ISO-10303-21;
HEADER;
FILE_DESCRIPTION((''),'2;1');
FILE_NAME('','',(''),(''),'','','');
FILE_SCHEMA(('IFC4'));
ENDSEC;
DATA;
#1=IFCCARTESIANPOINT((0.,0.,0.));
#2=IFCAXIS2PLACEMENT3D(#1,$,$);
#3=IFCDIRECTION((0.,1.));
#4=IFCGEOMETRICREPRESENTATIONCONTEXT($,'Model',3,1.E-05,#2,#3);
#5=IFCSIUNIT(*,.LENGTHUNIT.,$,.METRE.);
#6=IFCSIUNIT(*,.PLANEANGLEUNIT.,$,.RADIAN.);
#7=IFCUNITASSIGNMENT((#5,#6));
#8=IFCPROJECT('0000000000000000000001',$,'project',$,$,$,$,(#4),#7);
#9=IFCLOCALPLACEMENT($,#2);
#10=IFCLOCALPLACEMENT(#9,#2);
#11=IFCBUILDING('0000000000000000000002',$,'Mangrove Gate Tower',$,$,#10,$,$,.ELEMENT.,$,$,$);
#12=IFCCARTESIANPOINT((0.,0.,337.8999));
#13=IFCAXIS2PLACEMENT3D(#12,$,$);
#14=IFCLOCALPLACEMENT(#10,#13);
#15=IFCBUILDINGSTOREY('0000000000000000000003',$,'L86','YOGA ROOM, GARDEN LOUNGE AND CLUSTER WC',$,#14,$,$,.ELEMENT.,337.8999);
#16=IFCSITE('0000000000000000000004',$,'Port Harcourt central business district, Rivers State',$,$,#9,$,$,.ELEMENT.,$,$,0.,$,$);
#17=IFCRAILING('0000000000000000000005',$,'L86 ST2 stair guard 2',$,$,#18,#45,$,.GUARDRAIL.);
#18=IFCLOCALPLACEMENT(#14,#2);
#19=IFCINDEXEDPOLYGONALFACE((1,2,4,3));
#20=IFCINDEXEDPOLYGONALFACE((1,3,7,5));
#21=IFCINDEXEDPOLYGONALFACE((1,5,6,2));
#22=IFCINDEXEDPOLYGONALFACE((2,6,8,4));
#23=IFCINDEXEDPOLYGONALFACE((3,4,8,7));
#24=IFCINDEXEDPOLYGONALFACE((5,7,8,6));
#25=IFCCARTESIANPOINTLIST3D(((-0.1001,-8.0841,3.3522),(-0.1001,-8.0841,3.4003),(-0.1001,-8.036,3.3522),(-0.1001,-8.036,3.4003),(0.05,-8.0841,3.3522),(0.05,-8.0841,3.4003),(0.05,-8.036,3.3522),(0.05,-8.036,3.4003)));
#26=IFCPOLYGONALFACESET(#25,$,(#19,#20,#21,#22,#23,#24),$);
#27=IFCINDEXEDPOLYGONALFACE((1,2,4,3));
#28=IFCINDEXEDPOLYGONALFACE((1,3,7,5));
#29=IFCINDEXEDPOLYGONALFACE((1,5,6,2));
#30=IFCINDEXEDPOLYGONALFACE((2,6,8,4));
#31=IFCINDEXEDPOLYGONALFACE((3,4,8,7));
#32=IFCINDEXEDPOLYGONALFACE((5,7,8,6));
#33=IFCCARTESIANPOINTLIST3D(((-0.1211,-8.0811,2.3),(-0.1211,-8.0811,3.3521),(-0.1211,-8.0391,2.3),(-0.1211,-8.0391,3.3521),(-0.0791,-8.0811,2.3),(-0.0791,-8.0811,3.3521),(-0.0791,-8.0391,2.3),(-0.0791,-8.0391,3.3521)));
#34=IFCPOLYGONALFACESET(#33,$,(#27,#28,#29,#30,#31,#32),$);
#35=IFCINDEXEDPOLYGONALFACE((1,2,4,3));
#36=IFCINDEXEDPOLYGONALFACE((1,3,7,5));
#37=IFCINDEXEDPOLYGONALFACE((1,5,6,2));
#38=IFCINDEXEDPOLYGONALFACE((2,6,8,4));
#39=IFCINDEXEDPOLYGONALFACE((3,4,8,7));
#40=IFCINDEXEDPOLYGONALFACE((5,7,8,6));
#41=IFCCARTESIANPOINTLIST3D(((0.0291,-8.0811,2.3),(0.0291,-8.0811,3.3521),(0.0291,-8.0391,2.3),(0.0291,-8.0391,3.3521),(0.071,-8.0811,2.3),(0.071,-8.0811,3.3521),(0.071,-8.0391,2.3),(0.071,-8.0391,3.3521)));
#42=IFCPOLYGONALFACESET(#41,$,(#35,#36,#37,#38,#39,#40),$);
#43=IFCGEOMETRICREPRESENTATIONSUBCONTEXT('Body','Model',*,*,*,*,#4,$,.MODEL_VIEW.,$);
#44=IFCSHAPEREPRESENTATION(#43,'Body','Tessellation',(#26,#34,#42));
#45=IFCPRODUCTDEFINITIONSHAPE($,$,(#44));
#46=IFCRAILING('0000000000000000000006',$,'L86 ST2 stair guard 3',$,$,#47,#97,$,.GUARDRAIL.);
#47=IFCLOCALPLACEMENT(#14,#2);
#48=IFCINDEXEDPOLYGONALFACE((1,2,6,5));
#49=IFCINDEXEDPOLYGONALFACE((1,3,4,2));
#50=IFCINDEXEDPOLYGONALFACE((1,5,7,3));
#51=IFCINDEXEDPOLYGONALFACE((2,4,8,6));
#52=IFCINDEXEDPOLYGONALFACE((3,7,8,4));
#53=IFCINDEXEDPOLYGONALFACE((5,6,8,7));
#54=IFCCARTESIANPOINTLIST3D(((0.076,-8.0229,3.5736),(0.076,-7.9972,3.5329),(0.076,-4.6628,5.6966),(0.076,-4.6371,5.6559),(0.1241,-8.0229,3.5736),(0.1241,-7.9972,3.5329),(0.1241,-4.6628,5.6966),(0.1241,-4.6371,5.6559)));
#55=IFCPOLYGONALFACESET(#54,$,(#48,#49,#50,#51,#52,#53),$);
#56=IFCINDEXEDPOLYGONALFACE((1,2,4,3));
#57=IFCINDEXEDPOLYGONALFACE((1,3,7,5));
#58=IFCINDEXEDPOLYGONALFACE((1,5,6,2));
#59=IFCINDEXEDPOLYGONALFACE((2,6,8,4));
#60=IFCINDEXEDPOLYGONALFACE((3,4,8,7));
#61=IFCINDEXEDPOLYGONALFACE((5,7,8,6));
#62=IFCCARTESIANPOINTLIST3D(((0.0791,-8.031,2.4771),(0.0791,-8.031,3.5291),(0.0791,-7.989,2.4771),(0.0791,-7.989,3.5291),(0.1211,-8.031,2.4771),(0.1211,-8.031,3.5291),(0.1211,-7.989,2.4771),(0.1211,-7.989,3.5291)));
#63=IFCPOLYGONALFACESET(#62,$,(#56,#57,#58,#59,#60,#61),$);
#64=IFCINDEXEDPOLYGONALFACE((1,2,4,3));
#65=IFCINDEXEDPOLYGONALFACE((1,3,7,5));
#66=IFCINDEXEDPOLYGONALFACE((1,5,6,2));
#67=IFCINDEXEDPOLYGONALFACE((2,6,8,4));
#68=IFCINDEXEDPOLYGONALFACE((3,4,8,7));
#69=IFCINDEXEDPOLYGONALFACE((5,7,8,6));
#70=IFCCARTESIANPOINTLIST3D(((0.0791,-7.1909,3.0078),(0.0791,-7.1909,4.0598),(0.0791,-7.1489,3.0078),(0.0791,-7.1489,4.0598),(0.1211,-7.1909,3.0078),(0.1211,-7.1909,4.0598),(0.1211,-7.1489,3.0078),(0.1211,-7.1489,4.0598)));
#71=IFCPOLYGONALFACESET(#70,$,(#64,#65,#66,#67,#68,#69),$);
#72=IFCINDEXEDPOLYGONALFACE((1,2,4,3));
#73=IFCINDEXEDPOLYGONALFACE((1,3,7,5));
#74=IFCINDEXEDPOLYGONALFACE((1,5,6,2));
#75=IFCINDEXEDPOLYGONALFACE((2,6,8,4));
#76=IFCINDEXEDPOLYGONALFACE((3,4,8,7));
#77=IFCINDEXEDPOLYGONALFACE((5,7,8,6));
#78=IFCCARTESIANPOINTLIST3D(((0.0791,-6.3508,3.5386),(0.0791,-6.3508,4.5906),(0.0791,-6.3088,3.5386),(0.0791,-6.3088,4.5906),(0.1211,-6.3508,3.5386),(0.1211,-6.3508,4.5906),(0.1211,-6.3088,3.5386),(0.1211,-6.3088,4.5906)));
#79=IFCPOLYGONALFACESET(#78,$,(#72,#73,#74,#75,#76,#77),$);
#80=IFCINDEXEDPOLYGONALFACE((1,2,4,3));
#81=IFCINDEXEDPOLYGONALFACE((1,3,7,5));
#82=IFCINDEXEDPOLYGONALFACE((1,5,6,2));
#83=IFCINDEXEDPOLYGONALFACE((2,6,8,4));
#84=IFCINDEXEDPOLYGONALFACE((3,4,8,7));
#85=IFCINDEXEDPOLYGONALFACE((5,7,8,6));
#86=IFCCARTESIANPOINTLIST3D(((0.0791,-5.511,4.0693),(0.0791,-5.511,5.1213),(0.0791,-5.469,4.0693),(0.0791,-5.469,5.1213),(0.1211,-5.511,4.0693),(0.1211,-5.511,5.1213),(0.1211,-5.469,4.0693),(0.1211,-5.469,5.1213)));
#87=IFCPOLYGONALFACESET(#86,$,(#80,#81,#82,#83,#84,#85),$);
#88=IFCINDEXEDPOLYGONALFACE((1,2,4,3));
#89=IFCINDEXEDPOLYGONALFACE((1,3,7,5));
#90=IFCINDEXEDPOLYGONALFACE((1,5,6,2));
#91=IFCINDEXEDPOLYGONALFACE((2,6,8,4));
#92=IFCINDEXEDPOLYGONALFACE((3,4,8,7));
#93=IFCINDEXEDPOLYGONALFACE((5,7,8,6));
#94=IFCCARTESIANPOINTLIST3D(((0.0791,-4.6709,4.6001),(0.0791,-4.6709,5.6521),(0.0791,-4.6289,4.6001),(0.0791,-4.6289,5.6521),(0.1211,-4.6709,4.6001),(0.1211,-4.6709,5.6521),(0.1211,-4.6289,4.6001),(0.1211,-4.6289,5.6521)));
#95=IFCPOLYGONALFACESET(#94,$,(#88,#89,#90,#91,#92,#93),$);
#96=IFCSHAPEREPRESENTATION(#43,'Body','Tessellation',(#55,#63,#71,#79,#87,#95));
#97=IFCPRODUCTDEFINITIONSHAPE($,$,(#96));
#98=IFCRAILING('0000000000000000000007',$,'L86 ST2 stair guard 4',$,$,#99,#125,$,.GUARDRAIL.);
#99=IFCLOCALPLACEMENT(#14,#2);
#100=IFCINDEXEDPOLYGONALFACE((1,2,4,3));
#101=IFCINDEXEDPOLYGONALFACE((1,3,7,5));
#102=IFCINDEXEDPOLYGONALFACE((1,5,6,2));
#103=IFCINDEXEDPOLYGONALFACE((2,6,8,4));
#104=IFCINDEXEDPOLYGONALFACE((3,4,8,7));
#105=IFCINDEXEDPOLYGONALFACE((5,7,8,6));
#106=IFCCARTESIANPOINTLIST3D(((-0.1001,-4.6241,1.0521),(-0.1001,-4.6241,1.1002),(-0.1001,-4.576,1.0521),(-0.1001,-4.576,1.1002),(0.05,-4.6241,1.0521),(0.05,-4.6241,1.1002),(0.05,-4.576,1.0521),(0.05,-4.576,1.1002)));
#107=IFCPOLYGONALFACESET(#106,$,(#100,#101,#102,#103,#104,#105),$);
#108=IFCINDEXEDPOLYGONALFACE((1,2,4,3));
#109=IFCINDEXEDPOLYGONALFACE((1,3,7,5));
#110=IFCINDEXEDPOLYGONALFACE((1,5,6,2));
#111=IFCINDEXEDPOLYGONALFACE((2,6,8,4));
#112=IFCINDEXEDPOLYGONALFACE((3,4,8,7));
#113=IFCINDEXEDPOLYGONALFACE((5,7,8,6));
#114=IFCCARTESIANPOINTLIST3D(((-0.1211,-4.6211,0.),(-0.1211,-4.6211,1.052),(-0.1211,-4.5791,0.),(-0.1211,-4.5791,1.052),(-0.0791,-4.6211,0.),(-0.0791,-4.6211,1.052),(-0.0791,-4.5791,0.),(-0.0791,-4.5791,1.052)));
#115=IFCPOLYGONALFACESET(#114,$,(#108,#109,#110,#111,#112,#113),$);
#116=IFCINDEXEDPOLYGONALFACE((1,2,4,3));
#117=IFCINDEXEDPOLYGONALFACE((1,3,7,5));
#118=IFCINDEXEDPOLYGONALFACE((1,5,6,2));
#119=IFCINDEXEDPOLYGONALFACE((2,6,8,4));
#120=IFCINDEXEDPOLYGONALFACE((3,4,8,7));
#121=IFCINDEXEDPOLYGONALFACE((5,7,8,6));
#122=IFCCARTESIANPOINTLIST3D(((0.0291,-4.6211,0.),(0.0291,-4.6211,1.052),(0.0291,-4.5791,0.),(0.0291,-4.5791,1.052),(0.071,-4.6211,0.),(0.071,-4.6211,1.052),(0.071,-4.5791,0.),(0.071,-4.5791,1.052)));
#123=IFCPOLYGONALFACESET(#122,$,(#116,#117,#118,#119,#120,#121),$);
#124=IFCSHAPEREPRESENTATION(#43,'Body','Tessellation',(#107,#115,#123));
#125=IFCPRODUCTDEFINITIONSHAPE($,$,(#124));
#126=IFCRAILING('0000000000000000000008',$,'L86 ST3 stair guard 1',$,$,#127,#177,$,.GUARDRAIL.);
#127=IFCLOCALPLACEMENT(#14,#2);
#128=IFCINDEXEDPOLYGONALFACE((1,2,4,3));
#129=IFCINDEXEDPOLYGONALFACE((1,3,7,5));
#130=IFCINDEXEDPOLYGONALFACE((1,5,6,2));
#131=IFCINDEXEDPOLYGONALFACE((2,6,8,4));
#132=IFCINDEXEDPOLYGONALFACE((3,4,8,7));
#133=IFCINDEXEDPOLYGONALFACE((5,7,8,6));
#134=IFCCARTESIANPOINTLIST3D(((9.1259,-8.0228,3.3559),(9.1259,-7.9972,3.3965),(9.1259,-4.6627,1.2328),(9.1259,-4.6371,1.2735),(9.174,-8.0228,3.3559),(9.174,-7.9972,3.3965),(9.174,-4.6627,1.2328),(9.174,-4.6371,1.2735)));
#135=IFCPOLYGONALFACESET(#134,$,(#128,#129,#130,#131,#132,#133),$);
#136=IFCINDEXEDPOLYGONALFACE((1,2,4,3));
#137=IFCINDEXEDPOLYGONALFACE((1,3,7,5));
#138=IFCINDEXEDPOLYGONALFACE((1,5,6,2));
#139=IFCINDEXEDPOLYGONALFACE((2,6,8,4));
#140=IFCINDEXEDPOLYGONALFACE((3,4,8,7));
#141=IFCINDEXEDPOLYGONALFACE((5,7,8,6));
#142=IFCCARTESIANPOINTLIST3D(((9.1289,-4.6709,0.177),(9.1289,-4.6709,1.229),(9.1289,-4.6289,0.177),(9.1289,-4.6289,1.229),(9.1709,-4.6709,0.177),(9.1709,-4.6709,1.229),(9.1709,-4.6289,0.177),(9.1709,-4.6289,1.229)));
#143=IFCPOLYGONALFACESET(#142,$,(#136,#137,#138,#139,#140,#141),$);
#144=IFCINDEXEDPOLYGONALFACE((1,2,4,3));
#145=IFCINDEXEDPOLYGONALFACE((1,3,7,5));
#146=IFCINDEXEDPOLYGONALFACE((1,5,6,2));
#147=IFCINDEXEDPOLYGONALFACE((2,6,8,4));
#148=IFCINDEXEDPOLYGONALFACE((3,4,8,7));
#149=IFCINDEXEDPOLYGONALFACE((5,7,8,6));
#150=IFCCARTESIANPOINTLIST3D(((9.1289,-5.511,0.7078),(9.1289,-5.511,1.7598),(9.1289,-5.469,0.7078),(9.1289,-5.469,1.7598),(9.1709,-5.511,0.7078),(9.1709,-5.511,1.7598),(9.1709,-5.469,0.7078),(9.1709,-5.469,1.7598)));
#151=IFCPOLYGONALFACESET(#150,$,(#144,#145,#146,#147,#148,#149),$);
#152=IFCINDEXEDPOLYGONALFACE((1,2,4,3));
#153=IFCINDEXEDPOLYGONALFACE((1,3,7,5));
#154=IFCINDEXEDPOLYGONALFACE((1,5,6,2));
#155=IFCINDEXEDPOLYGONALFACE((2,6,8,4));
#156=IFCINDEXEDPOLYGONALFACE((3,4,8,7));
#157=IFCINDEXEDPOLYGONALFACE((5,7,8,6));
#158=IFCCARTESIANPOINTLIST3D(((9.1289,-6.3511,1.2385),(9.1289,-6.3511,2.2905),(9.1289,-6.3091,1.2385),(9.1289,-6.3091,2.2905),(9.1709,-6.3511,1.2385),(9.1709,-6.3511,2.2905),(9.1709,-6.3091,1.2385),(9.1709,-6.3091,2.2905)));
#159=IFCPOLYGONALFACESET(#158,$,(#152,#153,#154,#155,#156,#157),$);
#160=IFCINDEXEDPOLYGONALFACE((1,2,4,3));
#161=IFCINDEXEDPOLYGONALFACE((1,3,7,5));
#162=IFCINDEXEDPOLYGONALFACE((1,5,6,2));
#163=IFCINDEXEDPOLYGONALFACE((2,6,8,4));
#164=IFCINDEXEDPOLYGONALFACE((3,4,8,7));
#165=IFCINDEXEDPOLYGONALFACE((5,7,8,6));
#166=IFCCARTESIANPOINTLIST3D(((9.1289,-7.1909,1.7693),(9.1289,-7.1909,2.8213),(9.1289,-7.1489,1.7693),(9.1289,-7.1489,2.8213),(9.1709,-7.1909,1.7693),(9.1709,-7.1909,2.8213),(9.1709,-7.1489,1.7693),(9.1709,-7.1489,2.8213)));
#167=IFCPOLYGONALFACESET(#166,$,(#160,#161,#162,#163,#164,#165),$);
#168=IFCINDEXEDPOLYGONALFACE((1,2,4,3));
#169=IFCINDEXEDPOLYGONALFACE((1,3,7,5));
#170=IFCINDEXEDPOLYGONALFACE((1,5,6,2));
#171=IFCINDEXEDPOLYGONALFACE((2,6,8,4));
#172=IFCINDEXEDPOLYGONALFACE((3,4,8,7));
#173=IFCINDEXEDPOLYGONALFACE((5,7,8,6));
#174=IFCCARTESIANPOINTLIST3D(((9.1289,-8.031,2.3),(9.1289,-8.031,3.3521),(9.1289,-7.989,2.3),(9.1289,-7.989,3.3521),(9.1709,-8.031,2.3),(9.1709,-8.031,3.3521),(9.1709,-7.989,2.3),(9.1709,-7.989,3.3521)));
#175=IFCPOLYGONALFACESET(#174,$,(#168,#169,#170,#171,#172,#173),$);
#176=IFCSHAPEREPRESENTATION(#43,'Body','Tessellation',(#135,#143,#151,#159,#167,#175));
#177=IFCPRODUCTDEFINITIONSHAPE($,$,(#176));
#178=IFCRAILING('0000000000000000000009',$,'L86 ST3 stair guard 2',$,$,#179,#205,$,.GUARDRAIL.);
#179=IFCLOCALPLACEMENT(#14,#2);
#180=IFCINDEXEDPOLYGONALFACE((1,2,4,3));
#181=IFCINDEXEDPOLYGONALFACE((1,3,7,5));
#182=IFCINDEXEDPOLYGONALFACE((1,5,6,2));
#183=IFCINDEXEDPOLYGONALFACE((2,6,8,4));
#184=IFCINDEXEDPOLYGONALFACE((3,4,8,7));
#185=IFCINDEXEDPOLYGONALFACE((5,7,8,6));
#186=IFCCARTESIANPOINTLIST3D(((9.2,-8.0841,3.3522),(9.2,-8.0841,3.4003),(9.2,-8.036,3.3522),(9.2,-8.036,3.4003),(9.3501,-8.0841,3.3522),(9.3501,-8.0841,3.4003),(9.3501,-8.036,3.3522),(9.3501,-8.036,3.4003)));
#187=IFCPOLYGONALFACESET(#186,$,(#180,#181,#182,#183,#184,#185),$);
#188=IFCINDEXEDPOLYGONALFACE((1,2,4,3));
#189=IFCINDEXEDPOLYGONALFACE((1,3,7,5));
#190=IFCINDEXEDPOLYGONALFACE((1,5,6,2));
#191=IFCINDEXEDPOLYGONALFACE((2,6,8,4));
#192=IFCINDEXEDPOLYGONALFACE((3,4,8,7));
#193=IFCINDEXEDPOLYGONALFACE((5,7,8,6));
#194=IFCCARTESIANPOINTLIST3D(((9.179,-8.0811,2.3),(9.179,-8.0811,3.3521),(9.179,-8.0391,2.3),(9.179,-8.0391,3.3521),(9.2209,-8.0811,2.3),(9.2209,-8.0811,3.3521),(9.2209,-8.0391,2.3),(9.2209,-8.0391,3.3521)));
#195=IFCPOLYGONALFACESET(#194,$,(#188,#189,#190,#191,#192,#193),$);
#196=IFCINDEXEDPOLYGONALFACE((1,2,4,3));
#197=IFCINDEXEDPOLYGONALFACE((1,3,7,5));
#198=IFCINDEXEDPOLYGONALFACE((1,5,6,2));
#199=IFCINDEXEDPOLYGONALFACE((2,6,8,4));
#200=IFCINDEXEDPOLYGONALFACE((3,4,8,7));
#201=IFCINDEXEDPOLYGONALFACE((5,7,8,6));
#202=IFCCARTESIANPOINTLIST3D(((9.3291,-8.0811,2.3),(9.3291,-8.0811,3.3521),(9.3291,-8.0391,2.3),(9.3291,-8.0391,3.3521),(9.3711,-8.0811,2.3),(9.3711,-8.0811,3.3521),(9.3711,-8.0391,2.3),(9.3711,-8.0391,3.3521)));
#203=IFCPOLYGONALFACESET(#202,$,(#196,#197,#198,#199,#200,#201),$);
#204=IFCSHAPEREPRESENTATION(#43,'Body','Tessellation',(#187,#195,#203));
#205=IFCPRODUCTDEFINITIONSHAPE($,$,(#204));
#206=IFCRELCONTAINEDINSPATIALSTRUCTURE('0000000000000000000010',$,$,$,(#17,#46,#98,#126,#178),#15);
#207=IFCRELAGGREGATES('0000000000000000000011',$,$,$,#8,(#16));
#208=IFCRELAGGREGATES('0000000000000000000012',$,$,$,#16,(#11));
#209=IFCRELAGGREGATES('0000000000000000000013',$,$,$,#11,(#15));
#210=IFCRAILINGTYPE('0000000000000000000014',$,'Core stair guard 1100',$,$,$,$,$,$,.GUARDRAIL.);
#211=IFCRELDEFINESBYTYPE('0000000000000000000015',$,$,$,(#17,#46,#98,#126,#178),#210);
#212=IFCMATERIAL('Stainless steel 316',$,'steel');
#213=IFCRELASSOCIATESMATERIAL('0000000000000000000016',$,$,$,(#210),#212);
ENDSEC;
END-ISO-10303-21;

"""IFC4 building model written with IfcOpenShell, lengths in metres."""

from ifc_helpers import new_model, si_unit, direction, frame, origin, origin_2d, place, context, subcontext, project, spatial, rectangle, extrude, material, type_object, element, save


model = new_model("IFC4")

# Units and contexts
model_context = context("Model", 3, precision=1e-05, world=origin(), true_north=direction((0.0, 1.0)))
body_context = subcontext(model_context, "Body", "Model", "MODEL_VIEW")
ifc_project = project(units=[si_unit("LENGTHUNIT", "METRE"), si_unit("PLANEANGLEUNIT", "RADIAN")], contexts=[model_context])

# Site, building, storey
site_placement = place(None, origin())
site = spatial("IfcSite", under=ifc_project, at=site_placement, Name="Port Harcourt central business district, Rivers State", CompositionType="ELEMENT", RefElevation=0.0)
building_placement = place(site_placement, origin())
building = spatial("IfcBuilding", under=site, at=building_placement, Name="Mangrove Gate Tower", CompositionType="ELEMENT")
storey_placement = place(building_placement, frame((0.0, 0.0, 337.8999)))
storey = spatial("IfcBuildingStorey", under=building, at=storey_placement, Name="L86", Description="YOGA ROOM, GARDEN LOUNGE AND CLUSTER WC", CompositionType="ELEMENT", Elevation=337.8999)

# Railings
ifc_material_1 = material(Name="Stainless steel 316", Category="steel")
railing_type_1 = type_object("IfcRailingType", Name="Core stair guard 1100", PredefinedType="GUARDRAIL", material=ifc_material_1)
railing_1_placement = place(storey_placement, frame((-0.1001, -8.0601, 2.3)))
element("IfcRailing", 1, at=railing_1_placement, inside=storey, type_object=railing_type_1, Name="L86 ST2 stair guard 2", PredefinedType="GUARDRAIL", context=body_context, shape_type="SweptSolid", body=[
    extrude(rectangle(XDim=0.0481, YDim=0.0481, at=origin_2d()), frame((0.0, 0.0, 1.0762), z_axis=(1.0, 0.0, 0.0), x_axis=(0.0, 1.0, 0.0)), (0.0, 0.0, 1.0), 0.1501),
    extrude(rectangle(XDim=0.042, YDim=0.042, at=origin_2d()), origin(), (0.0, 0.0, 1.0), 1.052),
    extrude(rectangle(XDim=0.042, YDim=0.042, at=origin_2d()), frame((0.1501, 0.0, 0.0)), (0.0, 0.0, 1.0), 1.052),
])
railing_2_placement = place(storey_placement, frame((0.1001, -8.01, 2.4771)))
element("IfcRailing", 2, at=railing_2_placement, inside=storey, type_object=railing_type_1, Name="L86 ST2 stair guard 3", PredefinedType="GUARDRAIL", context=body_context, shape_type="SweptSolid", body=[
    extrude(rectangle(XDim=0.0481, YDim=0.0481, at=origin_2d()), frame((0.0, 0.0, 1.0762), z_axis=(0.0, 0.84539, 0.53415), x_axis=(-1.0, 0.0, 0.0)), (0.0, 0.0, 1.0), 3.9746),
    extrude(rectangle(XDim=0.042, YDim=0.042, at=origin_2d()), origin(), (0.0, 0.0, 1.0), 1.052),
    extrude(rectangle(XDim=0.042, YDim=0.042, at=origin_2d()), frame((0.0, 0.8401, 0.5308)), (0.0, 0.0, 1.0), 1.052),
    extrude(rectangle(XDim=0.042, YDim=0.042, at=origin_2d()), frame((0.0, 1.6802, 1.0615)), (0.0, 0.0, 1.0), 1.052),
    extrude(rectangle(XDim=0.042, YDim=0.042, at=origin_2d()), frame((0.0, 2.52, 1.5923)), (0.0, 0.0, 1.0), 1.052),
    extrude(rectangle(XDim=0.042, YDim=0.042, at=origin_2d()), frame((0.0, 3.3601, 2.123)), (0.0, 0.0, 1.0), 1.052),
])
railing_3_placement = place(storey_placement, frame((-0.1001, -4.6001, 0.0)))
element("IfcRailing", 3, at=railing_3_placement, inside=storey, type_object=railing_type_1, Name="L86 ST2 stair guard 4", PredefinedType="GUARDRAIL", context=body_context, shape_type="SweptSolid", body=[
    extrude(rectangle(XDim=0.0481, YDim=0.0481, at=origin_2d()), frame((0.0, 0.0, 1.0762), z_axis=(1.0, 0.0, 0.0), x_axis=(0.0, 1.0, 0.0)), (0.0, 0.0, 1.0), 0.1501),
    extrude(rectangle(XDim=0.042, YDim=0.042, at=origin_2d()), origin(), (0.0, 0.0, 1.0), 1.052),
    extrude(rectangle(XDim=0.042, YDim=0.042, at=origin_2d()), frame((0.1501, 0.0, 0.0)), (0.0, 0.0, 1.0), 1.052),
])
railing_4_placement = place(storey_placement, frame((9.1499, -4.6499, 0.177)))
element("IfcRailing", 4, at=railing_4_placement, inside=storey, type_object=railing_type_1, Name="L86 ST3 stair guard 1", PredefinedType="GUARDRAIL", context=body_context, shape_type="SweptSolid", body=[
    extrude(rectangle(XDim=0.0481, YDim=0.0481, at=origin_2d()), frame((0.0, 0.0, 1.0762), z_axis=(0.0, -0.84539, 0.53415), x_axis=(1.0, 0.0, 0.0)), (0.0, 0.0, 1.0), 3.9746),
    extrude(rectangle(XDim=0.042, YDim=0.042, at=origin_2d()), origin(), (0.0, 0.0, 1.0), 1.052),
    extrude(rectangle(XDim=0.042, YDim=0.042, at=origin_2d()), frame((0.0, -0.8401, 0.5308)), (0.0, 0.0, 1.0), 1.052),
    extrude(rectangle(XDim=0.042, YDim=0.042, at=origin_2d()), frame((0.0, -1.6802, 1.0615)), (0.0, 0.0, 1.0), 1.052),
    extrude(rectangle(XDim=0.042, YDim=0.042, at=origin_2d()), frame((0.0, -2.52, 1.5923)), (0.0, 0.0, 1.0), 1.052),
    extrude(rectangle(XDim=0.042, YDim=0.042, at=origin_2d()), frame((0.0, -3.3601, 2.123)), (0.0, 0.0, 1.0), 1.052),
])
railing_5_placement = place(storey_placement, frame((9.2, -8.0601, 2.3)))
element("IfcRailing", 5, at=railing_5_placement, inside=storey, type_object=railing_type_1, Name="L86 ST3 stair guard 2", PredefinedType="GUARDRAIL", context=body_context, shape_type="SweptSolid", body=[
    extrude(rectangle(XDim=0.0481, YDim=0.0481, at=origin_2d()), frame((0.0, 0.0, 1.0762), z_axis=(1.0, 0.0, 0.0), x_axis=(0.0, 1.0, 0.0)), (0.0, 0.0, 1.0), 0.1501),
    extrude(rectangle(XDim=0.042, YDim=0.042, at=origin_2d()), origin(), (0.0, 0.0, 1.0), 1.052),
    extrude(rectangle(XDim=0.042, YDim=0.042, at=origin_2d()), frame((0.1501, 0.0, 0.0)), (0.0, 0.0, 1.0), 1.052),
])

save(model, "model.ifc")
